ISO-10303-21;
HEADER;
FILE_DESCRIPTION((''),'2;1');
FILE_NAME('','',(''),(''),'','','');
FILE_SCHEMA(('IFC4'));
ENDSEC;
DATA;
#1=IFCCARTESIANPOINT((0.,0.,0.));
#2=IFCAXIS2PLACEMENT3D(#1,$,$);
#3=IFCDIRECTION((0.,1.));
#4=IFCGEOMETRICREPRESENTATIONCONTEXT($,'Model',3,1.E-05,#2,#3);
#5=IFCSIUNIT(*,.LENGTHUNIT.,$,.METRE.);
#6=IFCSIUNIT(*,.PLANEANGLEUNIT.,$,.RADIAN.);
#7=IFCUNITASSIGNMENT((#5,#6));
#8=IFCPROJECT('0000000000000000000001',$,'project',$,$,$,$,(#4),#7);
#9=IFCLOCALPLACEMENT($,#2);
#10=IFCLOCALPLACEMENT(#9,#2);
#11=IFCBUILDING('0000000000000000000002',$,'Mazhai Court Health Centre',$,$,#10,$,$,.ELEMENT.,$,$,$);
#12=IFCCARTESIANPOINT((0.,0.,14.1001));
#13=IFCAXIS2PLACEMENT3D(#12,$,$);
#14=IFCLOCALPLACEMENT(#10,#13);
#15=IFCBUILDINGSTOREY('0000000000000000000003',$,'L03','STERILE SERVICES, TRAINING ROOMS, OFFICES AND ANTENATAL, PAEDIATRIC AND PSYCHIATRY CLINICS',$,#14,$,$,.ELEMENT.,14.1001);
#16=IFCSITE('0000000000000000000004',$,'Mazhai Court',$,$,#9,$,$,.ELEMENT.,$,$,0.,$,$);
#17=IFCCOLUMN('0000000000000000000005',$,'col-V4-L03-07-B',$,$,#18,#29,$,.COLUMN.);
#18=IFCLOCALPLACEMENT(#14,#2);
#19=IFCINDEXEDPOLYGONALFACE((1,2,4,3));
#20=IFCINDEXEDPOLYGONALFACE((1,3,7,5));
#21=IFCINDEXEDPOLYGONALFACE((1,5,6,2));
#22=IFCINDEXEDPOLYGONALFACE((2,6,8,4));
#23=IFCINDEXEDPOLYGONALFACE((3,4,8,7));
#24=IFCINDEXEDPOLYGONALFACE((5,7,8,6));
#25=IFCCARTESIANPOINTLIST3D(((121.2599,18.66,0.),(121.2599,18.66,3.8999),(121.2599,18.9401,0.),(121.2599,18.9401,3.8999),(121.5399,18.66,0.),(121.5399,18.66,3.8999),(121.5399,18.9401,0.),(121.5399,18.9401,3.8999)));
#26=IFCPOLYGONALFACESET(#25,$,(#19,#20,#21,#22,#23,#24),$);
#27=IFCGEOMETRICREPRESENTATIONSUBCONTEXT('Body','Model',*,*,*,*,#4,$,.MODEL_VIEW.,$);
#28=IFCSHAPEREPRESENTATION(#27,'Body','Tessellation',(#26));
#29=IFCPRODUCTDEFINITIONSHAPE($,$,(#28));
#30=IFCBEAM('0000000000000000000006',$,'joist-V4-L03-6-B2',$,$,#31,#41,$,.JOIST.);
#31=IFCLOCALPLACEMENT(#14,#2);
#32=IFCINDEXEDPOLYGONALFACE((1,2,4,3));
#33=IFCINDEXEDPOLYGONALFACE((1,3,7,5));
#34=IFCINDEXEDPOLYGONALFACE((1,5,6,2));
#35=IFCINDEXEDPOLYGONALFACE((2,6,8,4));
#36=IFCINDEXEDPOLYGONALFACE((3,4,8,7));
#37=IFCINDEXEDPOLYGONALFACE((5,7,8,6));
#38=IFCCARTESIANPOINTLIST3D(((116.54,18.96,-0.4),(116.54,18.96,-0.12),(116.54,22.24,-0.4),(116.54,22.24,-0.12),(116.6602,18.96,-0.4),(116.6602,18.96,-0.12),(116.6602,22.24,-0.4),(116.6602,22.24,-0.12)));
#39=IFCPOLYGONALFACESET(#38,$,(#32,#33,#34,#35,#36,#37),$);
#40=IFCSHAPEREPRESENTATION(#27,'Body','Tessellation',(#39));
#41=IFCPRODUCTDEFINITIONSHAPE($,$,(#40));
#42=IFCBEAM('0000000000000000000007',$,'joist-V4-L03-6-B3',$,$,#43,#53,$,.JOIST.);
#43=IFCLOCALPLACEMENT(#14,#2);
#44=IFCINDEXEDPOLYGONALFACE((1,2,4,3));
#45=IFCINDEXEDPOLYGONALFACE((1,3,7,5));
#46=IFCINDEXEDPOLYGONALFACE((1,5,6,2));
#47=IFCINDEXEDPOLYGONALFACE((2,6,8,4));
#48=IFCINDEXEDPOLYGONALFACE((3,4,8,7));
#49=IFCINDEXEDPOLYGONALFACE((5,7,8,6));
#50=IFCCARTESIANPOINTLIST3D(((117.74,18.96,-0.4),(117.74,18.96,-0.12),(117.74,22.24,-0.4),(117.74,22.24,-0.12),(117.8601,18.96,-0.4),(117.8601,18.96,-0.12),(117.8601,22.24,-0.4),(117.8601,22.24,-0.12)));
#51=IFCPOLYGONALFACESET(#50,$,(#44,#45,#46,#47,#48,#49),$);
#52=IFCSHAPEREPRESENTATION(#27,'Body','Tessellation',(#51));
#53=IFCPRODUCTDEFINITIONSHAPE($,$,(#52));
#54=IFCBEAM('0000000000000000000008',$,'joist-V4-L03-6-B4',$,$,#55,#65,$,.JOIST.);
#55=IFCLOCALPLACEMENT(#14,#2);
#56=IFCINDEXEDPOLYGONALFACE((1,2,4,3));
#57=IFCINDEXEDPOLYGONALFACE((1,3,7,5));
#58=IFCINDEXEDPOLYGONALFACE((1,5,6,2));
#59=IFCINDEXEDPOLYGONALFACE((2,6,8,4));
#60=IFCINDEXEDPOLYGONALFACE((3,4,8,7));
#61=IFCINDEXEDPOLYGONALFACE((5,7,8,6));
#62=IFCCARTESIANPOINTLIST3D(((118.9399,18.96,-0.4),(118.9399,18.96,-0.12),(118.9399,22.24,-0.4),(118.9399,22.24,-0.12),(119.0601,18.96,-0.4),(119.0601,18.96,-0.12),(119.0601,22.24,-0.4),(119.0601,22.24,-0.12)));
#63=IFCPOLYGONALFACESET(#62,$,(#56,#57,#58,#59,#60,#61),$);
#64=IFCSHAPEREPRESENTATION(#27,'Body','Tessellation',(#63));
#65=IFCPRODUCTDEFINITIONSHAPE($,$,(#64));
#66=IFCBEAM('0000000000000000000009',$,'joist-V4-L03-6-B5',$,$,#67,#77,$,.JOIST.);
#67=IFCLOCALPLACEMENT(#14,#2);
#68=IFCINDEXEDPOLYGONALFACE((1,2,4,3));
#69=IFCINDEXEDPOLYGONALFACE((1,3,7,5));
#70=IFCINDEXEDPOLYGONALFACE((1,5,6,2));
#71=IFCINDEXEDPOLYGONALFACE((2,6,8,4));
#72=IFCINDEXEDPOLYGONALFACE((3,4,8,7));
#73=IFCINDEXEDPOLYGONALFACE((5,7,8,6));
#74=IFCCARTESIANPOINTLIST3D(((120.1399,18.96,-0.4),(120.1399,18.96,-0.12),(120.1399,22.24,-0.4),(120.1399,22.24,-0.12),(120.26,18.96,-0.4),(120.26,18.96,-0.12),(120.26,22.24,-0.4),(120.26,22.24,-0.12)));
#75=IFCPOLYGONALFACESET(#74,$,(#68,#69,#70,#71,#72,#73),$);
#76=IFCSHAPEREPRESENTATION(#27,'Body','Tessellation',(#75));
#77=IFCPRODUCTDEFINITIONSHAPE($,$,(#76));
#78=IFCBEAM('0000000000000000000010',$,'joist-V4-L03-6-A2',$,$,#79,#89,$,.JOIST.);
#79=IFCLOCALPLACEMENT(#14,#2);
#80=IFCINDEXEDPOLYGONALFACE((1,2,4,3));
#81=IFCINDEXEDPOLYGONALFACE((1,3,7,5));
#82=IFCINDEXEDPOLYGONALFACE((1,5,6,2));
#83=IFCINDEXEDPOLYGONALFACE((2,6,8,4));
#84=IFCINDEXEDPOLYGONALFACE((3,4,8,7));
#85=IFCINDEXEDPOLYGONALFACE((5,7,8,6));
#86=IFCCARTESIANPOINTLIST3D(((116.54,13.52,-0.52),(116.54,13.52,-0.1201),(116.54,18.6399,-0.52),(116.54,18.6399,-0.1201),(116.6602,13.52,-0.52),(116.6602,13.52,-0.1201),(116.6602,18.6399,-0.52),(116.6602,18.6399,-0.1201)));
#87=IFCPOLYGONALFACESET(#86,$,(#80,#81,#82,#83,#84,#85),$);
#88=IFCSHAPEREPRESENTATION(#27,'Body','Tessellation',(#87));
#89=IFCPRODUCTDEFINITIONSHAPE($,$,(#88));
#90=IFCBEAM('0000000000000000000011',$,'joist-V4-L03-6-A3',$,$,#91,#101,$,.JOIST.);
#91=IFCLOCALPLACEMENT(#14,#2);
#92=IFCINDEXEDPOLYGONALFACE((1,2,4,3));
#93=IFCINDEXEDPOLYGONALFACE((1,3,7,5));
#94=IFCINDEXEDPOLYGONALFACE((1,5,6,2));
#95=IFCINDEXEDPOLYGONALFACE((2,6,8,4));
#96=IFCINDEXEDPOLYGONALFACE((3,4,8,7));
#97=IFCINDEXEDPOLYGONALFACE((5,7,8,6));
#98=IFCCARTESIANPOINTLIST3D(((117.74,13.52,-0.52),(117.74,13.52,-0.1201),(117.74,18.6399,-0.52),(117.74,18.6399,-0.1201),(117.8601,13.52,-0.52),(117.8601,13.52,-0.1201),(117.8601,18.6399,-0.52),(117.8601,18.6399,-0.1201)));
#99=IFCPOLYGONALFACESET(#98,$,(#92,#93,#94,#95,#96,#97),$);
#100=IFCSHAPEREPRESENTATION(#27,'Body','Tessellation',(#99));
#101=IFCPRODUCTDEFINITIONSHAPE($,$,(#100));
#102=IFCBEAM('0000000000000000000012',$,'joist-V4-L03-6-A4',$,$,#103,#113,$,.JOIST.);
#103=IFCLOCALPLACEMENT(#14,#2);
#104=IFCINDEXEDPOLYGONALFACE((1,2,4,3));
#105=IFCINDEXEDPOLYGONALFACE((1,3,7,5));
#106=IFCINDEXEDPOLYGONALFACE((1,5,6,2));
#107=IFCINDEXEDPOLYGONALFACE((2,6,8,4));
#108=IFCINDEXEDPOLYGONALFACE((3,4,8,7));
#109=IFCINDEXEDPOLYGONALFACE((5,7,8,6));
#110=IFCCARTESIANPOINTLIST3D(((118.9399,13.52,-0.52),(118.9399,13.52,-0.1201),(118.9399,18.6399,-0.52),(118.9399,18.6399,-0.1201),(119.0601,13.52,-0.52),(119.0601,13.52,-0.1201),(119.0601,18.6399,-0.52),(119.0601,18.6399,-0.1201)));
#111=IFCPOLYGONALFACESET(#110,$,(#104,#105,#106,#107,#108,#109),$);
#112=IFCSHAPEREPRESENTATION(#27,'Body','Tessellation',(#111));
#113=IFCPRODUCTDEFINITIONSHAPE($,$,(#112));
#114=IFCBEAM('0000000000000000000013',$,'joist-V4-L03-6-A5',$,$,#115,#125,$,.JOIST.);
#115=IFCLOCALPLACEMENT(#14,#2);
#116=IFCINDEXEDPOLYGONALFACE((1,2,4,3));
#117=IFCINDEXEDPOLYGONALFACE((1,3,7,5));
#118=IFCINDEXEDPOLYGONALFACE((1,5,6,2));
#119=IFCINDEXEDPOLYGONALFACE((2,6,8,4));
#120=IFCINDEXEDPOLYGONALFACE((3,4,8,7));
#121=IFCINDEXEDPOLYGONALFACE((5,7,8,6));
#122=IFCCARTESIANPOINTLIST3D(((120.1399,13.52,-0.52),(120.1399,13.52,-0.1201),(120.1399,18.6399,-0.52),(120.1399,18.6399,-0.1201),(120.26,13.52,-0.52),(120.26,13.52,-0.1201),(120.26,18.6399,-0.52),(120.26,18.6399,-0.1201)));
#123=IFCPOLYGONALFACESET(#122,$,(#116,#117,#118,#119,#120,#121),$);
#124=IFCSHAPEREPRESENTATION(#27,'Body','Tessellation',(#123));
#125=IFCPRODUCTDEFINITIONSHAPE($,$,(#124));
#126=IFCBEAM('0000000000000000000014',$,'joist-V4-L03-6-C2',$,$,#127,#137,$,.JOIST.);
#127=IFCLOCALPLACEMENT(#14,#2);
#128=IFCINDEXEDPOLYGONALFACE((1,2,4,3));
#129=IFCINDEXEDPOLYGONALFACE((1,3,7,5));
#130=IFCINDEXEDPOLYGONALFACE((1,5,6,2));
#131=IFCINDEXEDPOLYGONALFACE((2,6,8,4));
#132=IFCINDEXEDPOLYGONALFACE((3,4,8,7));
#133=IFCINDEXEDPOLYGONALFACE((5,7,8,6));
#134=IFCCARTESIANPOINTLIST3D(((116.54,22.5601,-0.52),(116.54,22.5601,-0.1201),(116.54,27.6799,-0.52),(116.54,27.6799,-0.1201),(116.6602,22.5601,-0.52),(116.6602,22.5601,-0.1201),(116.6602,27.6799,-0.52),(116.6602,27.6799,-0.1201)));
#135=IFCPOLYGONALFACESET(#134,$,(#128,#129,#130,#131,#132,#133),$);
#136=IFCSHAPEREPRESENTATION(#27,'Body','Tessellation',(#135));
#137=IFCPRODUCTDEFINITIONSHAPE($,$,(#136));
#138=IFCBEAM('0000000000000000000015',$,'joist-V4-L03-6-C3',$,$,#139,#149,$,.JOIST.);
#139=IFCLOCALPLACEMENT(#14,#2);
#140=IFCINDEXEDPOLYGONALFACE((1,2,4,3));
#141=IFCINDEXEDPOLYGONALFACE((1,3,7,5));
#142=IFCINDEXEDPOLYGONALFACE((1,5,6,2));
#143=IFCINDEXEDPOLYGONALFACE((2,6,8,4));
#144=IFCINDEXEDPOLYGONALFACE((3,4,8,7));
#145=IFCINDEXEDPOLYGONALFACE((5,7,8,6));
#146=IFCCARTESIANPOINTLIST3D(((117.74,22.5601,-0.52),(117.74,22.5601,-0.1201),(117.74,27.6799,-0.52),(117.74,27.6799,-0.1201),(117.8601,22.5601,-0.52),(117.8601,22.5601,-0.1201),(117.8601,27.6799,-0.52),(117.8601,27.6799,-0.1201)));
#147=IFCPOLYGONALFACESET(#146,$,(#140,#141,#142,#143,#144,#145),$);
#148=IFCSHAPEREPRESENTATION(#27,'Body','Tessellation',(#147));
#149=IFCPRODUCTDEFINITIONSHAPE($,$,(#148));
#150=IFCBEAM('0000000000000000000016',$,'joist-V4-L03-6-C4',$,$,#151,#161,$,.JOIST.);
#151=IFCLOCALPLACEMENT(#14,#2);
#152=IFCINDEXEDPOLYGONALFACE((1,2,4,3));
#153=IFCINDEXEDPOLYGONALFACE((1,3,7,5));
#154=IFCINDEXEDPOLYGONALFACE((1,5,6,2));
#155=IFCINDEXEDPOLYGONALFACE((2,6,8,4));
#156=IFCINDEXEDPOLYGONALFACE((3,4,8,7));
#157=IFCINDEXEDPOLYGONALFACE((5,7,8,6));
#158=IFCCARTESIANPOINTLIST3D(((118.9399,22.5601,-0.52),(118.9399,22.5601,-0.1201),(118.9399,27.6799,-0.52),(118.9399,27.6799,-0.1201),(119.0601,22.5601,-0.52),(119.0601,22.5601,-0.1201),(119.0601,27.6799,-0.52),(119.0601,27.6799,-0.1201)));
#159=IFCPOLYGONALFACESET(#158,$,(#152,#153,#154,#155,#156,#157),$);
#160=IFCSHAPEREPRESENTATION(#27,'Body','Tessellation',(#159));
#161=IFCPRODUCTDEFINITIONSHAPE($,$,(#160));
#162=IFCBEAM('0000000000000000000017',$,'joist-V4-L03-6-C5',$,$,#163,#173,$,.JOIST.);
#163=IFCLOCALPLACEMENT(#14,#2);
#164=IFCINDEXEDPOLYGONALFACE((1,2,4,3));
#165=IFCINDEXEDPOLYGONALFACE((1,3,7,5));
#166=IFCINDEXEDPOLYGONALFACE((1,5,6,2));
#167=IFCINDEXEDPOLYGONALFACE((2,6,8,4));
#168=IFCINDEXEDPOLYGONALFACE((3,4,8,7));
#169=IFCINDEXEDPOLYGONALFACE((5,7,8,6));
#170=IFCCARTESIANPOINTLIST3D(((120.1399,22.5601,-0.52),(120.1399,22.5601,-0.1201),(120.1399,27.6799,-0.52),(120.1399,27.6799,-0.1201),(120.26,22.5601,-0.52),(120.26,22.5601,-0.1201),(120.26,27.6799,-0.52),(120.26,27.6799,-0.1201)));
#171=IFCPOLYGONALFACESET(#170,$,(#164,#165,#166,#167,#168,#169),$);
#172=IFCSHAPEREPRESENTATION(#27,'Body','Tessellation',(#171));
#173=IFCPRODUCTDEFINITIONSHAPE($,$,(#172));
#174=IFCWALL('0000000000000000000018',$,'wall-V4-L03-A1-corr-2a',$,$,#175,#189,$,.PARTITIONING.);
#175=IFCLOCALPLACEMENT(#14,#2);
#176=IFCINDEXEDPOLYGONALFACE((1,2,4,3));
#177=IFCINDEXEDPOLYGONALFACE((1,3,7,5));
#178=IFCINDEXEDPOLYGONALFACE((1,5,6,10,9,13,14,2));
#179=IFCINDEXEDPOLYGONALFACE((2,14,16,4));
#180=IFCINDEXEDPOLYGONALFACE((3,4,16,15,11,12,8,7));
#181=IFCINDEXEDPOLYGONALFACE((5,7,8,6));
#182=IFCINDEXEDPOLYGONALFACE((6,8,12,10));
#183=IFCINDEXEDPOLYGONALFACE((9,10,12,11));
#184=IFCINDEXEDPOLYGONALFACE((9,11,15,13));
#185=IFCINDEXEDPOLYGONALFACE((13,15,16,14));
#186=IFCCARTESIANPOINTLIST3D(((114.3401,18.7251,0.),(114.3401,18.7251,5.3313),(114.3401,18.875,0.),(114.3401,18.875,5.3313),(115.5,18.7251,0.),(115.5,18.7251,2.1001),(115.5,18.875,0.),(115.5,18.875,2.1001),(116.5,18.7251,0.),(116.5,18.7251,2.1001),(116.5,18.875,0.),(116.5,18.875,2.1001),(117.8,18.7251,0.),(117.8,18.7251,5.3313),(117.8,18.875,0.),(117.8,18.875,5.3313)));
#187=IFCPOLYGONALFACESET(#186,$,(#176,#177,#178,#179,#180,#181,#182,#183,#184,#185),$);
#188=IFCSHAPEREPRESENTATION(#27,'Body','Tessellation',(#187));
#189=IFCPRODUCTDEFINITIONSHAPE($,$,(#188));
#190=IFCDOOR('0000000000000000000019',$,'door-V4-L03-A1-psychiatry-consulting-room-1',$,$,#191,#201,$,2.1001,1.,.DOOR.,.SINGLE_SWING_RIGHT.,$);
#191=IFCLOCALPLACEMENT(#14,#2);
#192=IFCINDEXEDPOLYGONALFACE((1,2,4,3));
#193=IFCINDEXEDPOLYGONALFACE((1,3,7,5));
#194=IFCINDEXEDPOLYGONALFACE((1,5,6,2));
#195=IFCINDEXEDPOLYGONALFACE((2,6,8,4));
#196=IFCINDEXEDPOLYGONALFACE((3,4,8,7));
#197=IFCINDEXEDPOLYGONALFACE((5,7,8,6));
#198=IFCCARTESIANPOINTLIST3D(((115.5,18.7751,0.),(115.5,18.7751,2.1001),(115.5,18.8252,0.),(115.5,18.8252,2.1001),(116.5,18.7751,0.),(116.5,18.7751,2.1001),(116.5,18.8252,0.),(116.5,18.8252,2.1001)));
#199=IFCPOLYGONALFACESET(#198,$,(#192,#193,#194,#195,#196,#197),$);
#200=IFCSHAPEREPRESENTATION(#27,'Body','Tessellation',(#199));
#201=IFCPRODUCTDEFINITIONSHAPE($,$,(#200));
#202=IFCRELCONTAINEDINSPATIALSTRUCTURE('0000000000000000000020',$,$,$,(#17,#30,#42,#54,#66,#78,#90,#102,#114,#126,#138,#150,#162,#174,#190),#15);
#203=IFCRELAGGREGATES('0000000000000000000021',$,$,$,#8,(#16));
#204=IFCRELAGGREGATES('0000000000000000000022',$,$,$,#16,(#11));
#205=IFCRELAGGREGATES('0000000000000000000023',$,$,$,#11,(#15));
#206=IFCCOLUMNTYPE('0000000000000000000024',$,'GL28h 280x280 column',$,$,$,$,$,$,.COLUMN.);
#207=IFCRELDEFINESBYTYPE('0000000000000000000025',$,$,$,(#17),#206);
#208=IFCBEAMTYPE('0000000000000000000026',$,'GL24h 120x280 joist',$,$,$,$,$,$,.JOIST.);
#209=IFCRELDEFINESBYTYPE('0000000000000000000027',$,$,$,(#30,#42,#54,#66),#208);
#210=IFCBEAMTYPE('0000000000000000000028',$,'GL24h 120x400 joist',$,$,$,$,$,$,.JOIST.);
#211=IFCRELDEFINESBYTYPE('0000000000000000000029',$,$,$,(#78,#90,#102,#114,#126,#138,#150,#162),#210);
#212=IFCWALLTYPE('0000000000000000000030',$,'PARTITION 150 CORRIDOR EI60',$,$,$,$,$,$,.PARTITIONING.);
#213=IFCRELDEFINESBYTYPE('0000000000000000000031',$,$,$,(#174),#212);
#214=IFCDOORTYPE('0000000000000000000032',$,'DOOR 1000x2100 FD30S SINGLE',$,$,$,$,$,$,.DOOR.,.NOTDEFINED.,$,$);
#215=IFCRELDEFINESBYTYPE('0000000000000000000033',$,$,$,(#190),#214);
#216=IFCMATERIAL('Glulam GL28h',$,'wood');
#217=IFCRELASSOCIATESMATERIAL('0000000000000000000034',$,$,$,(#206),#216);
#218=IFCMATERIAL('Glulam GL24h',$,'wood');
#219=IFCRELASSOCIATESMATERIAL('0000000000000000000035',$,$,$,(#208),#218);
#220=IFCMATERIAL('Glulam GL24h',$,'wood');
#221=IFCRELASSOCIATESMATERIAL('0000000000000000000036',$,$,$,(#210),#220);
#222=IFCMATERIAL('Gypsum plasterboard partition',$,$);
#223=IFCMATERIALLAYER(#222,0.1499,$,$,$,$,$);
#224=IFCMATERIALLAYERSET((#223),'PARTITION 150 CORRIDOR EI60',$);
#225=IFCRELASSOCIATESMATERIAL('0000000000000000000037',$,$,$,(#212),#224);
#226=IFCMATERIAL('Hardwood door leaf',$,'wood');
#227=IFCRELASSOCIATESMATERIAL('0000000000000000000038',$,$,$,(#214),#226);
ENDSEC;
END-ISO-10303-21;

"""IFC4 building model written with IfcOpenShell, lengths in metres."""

from ifc_helpers import new_model, si_unit, direction, frame, frame_2d, origin, origin_2d, place, context, subcontext, project, spatial, rectangle, extrude, material, layer, layer_set, material_profile, profile_set, type_object, element, fill, save


model = new_model("IFC4")

# Units and contexts
model_context = context("Model", 3, precision=1e-05, world=origin(), true_north=direction((0.0, 1.0)))
body_context = subcontext(model_context, "Body", "Model", "MODEL_VIEW")
ifc_project = project(units=[si_unit("LENGTHUNIT", "METRE"), si_unit("PLANEANGLEUNIT", "RADIAN")], contexts=[model_context])

# Site, building, storey
site_placement = place(None, origin())
site = spatial("IfcSite", under=ifc_project, at=site_placement, Name="Mazhai Court", CompositionType="ELEMENT", RefElevation=0.0)
building_placement = place(site_placement, origin())
building = spatial("IfcBuilding", under=site, at=building_placement, Name="Mazhai Court Health Centre", CompositionType="ELEMENT")
storey_placement = place(building_placement, frame((0.0, 0.0, 14.1001)))
storey = spatial("IfcBuildingStorey", under=building, at=storey_placement, Name="L03", Description="STERILE SERVICES, TRAINING ROOMS, OFFICES AND ANTENATAL, PAEDIATRIC AND PSYCHIATRY CLINICS", CompositionType="ELEMENT", Elevation=14.1001)

# Column
ifc_material_1 = material(Name="Glulam GL28h", Category="wood")
ifc_material_profile_1 = material_profile(ifc_material_1, rectangle(XDim=0.28, YDim=0.28, at=origin_2d()), Name="GL28h 280x280")
ifc_profile_set_1 = profile_set([ifc_material_profile_1], Name="Glulam GL28h")
column_type = type_object("IfcColumnType", Name="GL28h 280x280 column", PredefinedType="COLUMN", material=ifc_profile_set_1)
column_placement = place(storey_placement, frame((121.3999, 18.8, 0.0), z_axis=(0.0, 0.0, 1.0), x_axis=(1.0, 0.0, 0.0)))
element("IfcColumn", 1, at=column_placement, inside=storey, type_object=column_type, Name="col-V4-L03-07-B", PredefinedType="COLUMN", context=body_context, shape_type="SweptSolid", body=[
    extrude(rectangle(XDim=0.28, YDim=0.28, at=origin_2d()), origin(), (0.0, 0.0, 1.0), 3.8999),
])

# Beams
ifc_material_2 = material(Name="Glulam GL24h", Category="wood")
ifc_material_profile_2 = material_profile(ifc_material_2, rectangle(XDim=0.1201, YDim=0.28, at=origin_2d()), Name="GL24h 120x280")
ifc_profile_set_2 = profile_set([ifc_material_profile_2], Name="Glulam GL24h")
beam_type_1 = type_object("IfcBeamType", Name="GL24h 120x280 joist", PredefinedType="JOIST", material=ifc_profile_set_2)
for number, where, z_axis, x_axis, name in (
    (2, (116.6001, 18.96, -0.26), (0.0, 1.0, 0.0), (-1.0, 0.0, 0.0), "joist-V4-L03-6-B2"),
    (3, (117.8, 18.96, -0.26), (0.0, 1.0, 0.0), (-1.0, 0.0, 0.0), "joist-V4-L03-6-B3"),
    (4, (119.0, 18.96, -0.26), (0.0, 1.0, 0.0), (-1.0, 0.0, 0.0), "joist-V4-L03-6-B4"),
    (5, (120.2, 18.96, -0.26), (0.0, 1.0, 0.0), (-1.0, 0.0, 0.0), "joist-V4-L03-6-B5"),
):
    element("IfcBeam", number, at=place(storey_placement, frame(where, z_axis=z_axis, x_axis=x_axis)), inside=storey, type_object=beam_type_1, Name=name, PredefinedType="JOIST", context=body_context, shape_type="SweptSolid", body=[
        extrude(rectangle(XDim=0.1201, YDim=0.28, at=origin_2d()), origin(), (0.0, 0.0, 1.0), 3.28),
    ])
ifc_material_3 = material(Name="Glulam GL24h", Category="wood")
ifc_material_profile_3 = material_profile(ifc_material_3, rectangle(XDim=0.1201, YDim=0.3999, at=origin_2d()), Name="GL24h 120x400")
ifc_profile_set_3 = profile_set([ifc_material_profile_3], Name="Glulam GL24h")
beam_type_2 = type_object("IfcBeamType", Name="GL24h 120x400 joist", PredefinedType="JOIST", material=ifc_profile_set_3)
for number, where, z_axis, x_axis, name in (
    (6, (116.6001, 13.52, -0.3201), (0.0, 1.0, 0.0), (-1.0, 0.0, 0.0), "joist-V4-L03-6-A2"),
    (7, (117.8, 13.52, -0.3201), (0.0, 1.0, 0.0), (-1.0, 0.0, 0.0), "joist-V4-L03-6-A3"),
    (8, (119.0, 13.52, -0.3201), (0.0, 1.0, 0.0), (-1.0, 0.0, 0.0), "joist-V4-L03-6-A4"),
    (9, (120.2, 13.52, -0.3201), (0.0, 1.0, 0.0), (-1.0, 0.0, 0.0), "joist-V4-L03-6-A5"),
    (10, (116.6001, 22.5601, -0.3201), (0.0, 1.0, 0.0), (-1.0, 0.0, 0.0), "joist-V4-L03-6-C2"),
    (11, (117.8, 22.5601, -0.3201), (0.0, 1.0, 0.0), (-1.0, 0.0, 0.0), "joist-V4-L03-6-C3"),
    (12, (119.0, 22.5601, -0.3201), (0.0, 1.0, 0.0), (-1.0, 0.0, 0.0), "joist-V4-L03-6-C4"),
    (13, (120.2, 22.5601, -0.3201), (0.0, 1.0, 0.0), (-1.0, 0.0, 0.0), "joist-V4-L03-6-C5"),
):
    element("IfcBeam", number, at=place(storey_placement, frame(where, z_axis=z_axis, x_axis=x_axis)), inside=storey, type_object=beam_type_2, Name=name, PredefinedType="JOIST", context=body_context, shape_type="SweptSolid", body=[
        extrude(rectangle(XDim=0.1201, YDim=0.3999, at=origin_2d()), origin(), (0.0, 0.0, 1.0), 5.1199),
    ])

# Wall, opening, door
ifc_material_4 = material(Name="Gypsum plasterboard partition")
ifc_layer_1 = layer(ifc_material_4, 0.1499)
ifc_layer_set_1 = layer_set([ifc_layer_1], Name="PARTITION 150 CORRIDOR EI60")
wall_type_1 = type_object("IfcWallType", Name="PARTITION 150 CORRIDOR EI60", PredefinedType="PARTITIONING", material=ifc_layer_set_1)
wall_1_placement = place(storey_placement, frame((117.8, 18.8, 0.0), z_axis=(0.0, 0.0, 1.0), x_axis=(-1.0, 0.0, 0.0)))
wall_1 = element("IfcWall", 14, at=wall_1_placement, inside=storey, type_object=wall_type_1, Name="wall-V4-L03-A1-corr-2a", PredefinedType="PARTITIONING", context=body_context, shape_type="SweptSolid", body=[
    extrude(rectangle(XDim=3.46, YDim=0.1499, at=frame_2d((1.73, 0.0))), origin(), (0.0, 0.0, 1.0), 5.3313),
])
opening_1_placement = place(wall_1_placement, frame((1.3, 0.0, 0.0)))
opening_1 = element("IfcOpeningElement", 15, at=opening_1_placement, cuts=wall_1, PredefinedType="OPENING", context=body_context, shape_type="SweptSolid", body=[
    extrude(rectangle(XDim=1.0, YDim=2.1001, at=frame_2d((0.5, 1.05))), frame((0.0, 0.085, 0.0), z_axis=(0.0, -1.0, 0.0), x_axis=(1.0, 0.0, 0.0)), (0.0, 0.0, 1.0), 0.1699),
])
ifc_material_5 = material(Name="Hardwood door leaf", Category="wood")
door_type_1 = type_object("IfcDoorType", Name="DOOR 1000x2100 FD30S SINGLE", OperationType="NOTDEFINED", PredefinedType="DOOR", material=ifc_material_5)
door_1_placement = place(opening_1_placement, origin())
door_1 = element("IfcDoor", 16, at=door_1_placement, inside=storey, type_object=door_type_1, Name="door-V4-L03-A1-psychiatry-consulting-room-1", OperationType="SINGLE_SWING_RIGHT", OverallHeight=2.1001, OverallWidth=1.0, PredefinedType="DOOR", context=body_context, shape_type="SweptSolid", body=[
    extrude(rectangle(XDim=1.0, YDim=2.1001, at=frame_2d((0.5, 1.05))), frame((0.0, 0.0249, 0.0), z_axis=(0.0, -1.0, 0.0), x_axis=(1.0, 0.0, 0.0)), (0.0, 0.0, 1.0), 0.05),
])
fill(opening_1, door_1)

save(model, "model.ifc")
